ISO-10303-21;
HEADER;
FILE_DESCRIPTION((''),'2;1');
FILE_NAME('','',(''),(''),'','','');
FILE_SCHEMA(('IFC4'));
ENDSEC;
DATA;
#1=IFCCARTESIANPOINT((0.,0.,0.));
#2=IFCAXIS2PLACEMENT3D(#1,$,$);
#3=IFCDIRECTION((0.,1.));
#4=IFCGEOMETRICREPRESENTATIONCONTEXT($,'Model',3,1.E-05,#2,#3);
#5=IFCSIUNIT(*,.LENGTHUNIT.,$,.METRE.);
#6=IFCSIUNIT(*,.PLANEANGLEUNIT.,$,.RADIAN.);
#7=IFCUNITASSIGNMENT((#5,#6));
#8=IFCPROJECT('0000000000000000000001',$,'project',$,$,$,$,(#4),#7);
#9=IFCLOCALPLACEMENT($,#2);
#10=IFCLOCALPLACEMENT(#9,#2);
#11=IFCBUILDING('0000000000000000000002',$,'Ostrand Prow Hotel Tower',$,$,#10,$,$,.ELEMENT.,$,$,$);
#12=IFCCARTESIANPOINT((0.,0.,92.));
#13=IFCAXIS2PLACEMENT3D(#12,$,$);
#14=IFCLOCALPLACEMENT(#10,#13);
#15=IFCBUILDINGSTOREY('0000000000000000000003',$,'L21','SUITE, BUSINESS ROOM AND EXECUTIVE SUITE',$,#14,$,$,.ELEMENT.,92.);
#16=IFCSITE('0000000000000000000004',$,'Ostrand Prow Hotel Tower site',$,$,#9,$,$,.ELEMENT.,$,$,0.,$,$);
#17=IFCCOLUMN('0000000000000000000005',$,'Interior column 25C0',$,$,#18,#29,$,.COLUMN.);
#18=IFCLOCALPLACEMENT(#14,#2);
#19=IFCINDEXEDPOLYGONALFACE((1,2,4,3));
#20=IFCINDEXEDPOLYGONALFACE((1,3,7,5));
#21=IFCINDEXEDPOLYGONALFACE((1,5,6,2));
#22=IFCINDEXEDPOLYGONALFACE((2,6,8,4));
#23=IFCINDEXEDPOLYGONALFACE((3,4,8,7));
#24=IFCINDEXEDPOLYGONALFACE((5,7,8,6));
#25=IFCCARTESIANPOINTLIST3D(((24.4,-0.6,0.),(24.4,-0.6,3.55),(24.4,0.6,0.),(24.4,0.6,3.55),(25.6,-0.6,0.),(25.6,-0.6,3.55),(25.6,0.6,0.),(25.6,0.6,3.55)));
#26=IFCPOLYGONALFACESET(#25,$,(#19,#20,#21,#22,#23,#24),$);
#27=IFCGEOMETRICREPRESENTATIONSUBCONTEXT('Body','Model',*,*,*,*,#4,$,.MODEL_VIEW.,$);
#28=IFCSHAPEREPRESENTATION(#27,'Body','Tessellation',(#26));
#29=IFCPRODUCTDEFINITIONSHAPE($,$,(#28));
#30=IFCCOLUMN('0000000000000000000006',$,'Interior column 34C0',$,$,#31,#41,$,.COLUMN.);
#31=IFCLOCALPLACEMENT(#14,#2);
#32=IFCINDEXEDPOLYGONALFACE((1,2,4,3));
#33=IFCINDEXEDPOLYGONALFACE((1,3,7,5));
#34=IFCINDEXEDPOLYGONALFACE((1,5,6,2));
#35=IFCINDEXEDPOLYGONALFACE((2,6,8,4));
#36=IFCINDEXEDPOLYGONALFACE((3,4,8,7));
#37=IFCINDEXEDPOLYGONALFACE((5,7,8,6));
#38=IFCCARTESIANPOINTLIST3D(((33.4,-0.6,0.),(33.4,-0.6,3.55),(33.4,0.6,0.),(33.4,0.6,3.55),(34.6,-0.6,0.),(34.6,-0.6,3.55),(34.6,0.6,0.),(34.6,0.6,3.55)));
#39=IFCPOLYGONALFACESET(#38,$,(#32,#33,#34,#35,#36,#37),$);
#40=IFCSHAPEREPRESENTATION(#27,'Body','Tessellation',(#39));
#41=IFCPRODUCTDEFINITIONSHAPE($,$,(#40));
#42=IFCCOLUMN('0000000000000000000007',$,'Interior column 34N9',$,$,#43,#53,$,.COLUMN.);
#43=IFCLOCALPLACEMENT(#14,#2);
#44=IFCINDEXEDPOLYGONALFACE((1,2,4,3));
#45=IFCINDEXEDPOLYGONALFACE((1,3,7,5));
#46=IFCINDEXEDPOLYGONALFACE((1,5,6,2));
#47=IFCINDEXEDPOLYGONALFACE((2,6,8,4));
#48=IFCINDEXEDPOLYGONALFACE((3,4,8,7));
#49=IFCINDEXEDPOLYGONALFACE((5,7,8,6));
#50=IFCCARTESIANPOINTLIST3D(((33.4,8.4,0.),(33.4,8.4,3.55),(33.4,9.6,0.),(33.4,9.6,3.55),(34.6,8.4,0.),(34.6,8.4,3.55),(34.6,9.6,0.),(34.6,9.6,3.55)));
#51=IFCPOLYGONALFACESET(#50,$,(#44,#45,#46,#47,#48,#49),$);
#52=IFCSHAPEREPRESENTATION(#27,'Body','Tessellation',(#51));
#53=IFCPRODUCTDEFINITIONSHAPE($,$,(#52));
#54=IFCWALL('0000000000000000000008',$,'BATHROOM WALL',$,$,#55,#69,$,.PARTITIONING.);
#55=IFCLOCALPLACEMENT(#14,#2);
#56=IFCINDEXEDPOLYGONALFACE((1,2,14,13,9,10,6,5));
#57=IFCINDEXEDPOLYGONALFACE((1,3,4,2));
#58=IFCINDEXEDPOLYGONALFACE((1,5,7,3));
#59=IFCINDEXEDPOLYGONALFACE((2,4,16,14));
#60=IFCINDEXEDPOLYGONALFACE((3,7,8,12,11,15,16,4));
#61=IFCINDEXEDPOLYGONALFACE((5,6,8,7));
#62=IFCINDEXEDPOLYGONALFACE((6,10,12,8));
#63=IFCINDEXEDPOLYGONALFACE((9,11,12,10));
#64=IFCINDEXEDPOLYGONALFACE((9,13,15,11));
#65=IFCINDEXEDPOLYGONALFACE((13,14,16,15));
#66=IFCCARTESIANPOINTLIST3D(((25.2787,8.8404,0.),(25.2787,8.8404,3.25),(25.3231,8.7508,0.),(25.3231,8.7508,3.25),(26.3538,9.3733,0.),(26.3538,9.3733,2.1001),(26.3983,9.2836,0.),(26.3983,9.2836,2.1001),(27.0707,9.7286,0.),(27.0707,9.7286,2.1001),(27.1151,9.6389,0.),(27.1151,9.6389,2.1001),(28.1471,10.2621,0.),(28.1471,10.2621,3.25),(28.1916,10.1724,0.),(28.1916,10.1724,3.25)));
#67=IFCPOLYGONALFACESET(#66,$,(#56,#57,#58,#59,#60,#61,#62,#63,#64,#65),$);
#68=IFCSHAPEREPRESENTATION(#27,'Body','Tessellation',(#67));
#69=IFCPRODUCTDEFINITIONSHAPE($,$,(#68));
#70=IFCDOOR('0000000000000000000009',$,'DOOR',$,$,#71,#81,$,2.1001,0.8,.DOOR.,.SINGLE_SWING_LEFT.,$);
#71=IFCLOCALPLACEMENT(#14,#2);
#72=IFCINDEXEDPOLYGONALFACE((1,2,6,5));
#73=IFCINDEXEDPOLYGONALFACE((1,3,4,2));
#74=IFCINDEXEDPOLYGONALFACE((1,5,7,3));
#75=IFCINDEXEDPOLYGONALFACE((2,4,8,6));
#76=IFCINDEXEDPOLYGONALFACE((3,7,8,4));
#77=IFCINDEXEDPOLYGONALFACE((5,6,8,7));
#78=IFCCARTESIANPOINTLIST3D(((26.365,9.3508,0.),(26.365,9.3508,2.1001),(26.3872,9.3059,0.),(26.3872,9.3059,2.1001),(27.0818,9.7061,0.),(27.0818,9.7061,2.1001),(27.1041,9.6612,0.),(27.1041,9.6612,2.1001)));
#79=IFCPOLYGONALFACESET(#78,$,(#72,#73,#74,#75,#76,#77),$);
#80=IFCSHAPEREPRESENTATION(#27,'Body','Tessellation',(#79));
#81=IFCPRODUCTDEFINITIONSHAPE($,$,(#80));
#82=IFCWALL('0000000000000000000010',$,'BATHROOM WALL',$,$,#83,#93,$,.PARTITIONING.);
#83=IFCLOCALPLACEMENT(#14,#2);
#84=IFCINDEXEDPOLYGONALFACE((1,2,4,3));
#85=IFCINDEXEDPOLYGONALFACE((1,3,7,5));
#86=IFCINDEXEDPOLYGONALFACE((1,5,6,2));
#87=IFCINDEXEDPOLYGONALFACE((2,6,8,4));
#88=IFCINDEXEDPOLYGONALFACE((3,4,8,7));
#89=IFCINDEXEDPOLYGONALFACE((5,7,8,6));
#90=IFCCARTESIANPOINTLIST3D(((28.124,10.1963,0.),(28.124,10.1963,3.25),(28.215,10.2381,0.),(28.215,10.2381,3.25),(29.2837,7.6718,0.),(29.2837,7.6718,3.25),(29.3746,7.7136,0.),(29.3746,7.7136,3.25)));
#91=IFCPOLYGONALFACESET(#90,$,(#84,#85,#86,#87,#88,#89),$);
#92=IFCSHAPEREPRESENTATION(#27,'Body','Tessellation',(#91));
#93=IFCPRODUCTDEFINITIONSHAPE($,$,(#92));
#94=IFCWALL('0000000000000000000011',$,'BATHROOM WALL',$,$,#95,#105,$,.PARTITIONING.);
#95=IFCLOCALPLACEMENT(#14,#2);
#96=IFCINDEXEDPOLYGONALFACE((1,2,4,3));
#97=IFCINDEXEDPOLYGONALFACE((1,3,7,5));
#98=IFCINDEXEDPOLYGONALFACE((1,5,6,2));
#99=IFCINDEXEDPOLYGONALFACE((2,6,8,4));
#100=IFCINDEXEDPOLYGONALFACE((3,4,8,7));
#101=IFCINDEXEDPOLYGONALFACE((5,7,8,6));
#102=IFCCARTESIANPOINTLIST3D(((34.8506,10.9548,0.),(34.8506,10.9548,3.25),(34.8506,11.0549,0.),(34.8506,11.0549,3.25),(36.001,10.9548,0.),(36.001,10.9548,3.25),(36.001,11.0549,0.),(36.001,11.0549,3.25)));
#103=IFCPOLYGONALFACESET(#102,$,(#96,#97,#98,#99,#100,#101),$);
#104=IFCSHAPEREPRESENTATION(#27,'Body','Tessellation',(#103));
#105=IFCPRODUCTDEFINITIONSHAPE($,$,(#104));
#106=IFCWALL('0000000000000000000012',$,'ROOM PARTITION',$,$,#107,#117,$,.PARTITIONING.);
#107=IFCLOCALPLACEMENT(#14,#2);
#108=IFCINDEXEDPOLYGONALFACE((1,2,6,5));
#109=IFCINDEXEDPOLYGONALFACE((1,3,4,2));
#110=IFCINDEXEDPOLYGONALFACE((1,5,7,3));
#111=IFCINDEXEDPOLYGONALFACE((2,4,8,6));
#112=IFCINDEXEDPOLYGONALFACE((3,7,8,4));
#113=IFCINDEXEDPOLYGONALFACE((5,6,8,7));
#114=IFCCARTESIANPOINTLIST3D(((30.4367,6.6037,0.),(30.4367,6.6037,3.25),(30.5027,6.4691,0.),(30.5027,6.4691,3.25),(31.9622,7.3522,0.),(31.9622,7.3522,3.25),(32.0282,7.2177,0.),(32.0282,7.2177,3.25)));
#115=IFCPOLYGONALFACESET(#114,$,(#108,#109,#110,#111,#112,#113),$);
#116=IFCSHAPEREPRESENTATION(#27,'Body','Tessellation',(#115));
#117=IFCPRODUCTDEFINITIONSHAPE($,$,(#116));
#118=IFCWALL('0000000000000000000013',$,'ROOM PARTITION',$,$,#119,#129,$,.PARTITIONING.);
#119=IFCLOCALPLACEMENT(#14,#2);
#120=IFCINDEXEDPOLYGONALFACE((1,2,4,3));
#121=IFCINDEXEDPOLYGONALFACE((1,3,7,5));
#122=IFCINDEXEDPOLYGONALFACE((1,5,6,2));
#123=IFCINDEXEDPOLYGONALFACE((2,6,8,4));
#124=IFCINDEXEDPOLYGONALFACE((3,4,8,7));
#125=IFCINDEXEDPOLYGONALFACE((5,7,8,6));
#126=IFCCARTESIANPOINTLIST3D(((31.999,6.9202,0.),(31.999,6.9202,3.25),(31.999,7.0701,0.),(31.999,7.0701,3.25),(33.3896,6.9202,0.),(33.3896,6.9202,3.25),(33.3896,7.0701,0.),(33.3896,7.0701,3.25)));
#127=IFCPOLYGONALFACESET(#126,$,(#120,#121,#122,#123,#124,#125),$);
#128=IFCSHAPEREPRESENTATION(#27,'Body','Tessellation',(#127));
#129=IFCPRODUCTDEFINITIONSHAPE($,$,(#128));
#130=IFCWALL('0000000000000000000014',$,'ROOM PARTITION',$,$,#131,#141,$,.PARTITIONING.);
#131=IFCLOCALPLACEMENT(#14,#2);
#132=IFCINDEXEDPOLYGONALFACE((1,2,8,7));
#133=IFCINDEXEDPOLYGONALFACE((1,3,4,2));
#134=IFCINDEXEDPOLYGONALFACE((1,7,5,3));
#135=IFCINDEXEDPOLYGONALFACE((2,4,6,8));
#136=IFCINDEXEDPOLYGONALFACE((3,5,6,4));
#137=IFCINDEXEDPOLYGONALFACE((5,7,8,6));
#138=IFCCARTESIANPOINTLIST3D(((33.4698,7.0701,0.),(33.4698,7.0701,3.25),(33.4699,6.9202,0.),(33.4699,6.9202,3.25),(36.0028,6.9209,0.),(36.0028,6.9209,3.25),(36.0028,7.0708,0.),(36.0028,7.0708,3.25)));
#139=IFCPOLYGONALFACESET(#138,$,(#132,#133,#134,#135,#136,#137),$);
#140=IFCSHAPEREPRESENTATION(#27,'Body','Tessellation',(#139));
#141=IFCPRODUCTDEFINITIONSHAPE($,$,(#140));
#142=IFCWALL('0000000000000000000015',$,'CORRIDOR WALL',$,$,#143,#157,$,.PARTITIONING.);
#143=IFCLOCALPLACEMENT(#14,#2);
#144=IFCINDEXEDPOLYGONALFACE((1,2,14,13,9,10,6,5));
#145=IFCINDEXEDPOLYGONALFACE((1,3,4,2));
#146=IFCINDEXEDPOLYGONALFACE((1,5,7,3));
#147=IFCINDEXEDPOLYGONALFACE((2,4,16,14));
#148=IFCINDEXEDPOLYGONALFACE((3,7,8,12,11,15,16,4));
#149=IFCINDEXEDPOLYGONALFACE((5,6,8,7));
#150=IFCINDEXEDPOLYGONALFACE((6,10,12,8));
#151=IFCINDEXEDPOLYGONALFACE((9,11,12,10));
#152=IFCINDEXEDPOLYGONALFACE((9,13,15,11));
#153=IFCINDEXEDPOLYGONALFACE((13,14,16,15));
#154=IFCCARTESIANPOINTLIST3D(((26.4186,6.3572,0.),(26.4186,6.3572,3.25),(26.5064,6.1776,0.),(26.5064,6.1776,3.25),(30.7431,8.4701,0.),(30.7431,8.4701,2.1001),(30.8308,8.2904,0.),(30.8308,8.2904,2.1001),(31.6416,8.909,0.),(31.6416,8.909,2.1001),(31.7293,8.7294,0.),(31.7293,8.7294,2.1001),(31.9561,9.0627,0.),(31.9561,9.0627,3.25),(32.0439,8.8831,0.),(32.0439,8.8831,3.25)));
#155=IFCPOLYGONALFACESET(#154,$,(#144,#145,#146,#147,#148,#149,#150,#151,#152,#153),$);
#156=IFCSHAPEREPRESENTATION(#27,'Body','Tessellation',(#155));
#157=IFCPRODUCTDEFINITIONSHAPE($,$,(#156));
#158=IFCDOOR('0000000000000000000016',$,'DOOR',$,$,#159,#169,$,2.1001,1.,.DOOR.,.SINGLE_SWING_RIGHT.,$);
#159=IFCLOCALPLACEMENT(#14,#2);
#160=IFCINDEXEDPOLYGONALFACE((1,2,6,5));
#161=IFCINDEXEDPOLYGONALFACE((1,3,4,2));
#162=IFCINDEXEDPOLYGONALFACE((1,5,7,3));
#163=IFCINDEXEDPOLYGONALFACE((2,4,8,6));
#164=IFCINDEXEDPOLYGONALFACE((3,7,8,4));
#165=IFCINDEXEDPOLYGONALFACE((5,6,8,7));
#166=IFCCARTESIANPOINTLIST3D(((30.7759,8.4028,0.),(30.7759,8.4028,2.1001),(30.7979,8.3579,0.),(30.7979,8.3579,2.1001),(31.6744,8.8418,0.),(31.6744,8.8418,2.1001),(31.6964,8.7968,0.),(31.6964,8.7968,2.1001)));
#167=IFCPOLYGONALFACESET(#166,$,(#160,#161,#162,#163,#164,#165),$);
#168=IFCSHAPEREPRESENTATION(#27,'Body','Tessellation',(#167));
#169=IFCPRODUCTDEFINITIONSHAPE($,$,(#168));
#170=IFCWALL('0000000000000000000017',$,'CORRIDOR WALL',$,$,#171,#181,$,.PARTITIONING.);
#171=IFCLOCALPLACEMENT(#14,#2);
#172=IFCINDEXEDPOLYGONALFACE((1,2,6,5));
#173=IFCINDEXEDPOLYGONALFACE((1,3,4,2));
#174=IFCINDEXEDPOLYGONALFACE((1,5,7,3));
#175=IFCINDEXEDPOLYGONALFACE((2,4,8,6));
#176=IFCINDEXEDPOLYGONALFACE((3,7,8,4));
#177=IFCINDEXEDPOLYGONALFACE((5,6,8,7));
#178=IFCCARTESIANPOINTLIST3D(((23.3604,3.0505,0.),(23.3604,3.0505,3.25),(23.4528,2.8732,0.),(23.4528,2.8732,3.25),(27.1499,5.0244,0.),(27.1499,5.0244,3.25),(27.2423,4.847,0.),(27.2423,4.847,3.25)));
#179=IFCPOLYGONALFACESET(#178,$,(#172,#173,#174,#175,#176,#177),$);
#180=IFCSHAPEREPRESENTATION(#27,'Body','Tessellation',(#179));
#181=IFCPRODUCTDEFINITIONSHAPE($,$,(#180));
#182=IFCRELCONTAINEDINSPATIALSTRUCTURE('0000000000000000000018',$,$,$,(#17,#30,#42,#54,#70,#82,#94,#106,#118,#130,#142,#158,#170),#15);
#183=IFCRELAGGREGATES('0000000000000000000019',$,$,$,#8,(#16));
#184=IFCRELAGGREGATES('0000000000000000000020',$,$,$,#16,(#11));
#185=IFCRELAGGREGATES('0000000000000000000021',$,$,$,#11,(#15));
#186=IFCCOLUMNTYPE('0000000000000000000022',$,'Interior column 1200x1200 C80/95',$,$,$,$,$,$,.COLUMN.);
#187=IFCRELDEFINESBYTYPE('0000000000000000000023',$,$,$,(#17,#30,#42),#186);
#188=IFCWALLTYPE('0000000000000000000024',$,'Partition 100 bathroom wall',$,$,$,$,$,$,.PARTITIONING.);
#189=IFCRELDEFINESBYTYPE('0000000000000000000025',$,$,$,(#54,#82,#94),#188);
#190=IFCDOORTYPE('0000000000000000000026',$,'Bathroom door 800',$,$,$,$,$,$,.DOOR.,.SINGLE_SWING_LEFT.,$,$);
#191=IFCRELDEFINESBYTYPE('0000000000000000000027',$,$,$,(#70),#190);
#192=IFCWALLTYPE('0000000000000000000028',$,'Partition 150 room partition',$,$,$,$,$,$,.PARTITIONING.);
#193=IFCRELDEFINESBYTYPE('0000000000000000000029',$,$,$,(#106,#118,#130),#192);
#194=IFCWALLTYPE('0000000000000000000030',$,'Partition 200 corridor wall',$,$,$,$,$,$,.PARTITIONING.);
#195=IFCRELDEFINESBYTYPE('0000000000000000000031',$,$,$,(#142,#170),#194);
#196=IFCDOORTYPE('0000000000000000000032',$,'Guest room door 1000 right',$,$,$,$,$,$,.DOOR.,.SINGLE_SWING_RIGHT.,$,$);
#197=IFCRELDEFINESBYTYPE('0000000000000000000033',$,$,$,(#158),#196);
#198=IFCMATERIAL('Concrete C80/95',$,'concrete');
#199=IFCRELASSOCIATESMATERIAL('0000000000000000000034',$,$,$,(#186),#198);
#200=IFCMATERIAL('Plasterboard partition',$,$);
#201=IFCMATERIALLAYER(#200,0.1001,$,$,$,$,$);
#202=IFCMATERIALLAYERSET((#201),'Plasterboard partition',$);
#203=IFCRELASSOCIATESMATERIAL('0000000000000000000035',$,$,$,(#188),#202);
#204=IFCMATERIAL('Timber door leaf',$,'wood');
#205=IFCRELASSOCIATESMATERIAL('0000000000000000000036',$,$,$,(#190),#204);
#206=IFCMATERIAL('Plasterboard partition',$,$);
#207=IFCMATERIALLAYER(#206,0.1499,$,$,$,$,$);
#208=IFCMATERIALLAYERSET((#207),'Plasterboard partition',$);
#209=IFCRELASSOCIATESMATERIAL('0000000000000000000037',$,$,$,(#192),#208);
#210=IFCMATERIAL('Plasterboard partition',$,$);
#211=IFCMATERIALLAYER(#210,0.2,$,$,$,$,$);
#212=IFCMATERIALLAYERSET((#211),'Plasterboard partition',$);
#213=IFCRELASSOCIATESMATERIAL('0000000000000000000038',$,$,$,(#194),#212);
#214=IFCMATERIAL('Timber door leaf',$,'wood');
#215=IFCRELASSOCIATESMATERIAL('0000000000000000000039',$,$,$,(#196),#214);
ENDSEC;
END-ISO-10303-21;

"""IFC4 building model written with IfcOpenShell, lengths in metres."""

from ifc_helpers import new_model, si_unit, direction, frame, frame_2d, origin, origin_2d, place, context, subcontext, project, spatial, rectangle, extrude, material, layer, layer_set, material_profile, profile_set, type_object, element, fill, save


model = new_model("IFC4")

# Units and contexts
model_context = context("Model", 3, precision=1e-05, world=origin(), true_north=direction((0.0, 1.0)))
body_context = subcontext(model_context, "Body", "Model", "MODEL_VIEW")
ifc_project = project(units=[si_unit("LENGTHUNIT", "METRE"), si_unit("PLANEANGLEUNIT", "RADIAN")], contexts=[model_context])

# Site, building, storey
site_placement = place(None, origin())
site = spatial("IfcSite", under=ifc_project, at=site_placement, Name="Ostrand Prow Hotel Tower site", CompositionType="ELEMENT", RefElevation=0.0)
building_placement = place(site_placement, origin())
building = spatial("IfcBuilding", under=site, at=building_placement, Name="Ostrand Prow Hotel Tower", CompositionType="ELEMENT")
storey_placement = place(building_placement, frame((0.0, 0.0, 92.0)))
storey = spatial("IfcBuildingStorey", under=building, at=storey_placement, Name="L21", Description="SUITE, BUSINESS ROOM AND EXECUTIVE SUITE", CompositionType="ELEMENT", Elevation=92.0)

# Columns
ifc_material_1 = material(Name="Concrete C80/95", Category="concrete")
ifc_material_profile = material_profile(ifc_material_1, rectangle(XDim=1.2, YDim=1.2, at=origin_2d()), Name="RC 1200x1200")
ifc_profile_set = profile_set([ifc_material_profile], Name="Concrete C80/95")
column_type = type_object("IfcColumnType", Name="Interior column 1200x1200 C80/95", PredefinedType="COLUMN", material=ifc_profile_set)
for number, where, z_axis, x_axis, name in (
    (1, (25.0, 0.0, 0.0), (0.0, 0.0, 1.0), (1.0, 0.0, 0.0), "Interior column 25C0"),
    (2, (34.0, 0.0, 0.0), (0.0, 0.0, 1.0), (1.0, 0.0, 0.0), "Interior column 34C0"),
    (3, (34.0, 9.0, 0.0), (0.0, 0.0, 1.0), (1.0, 0.0, 0.0), "Interior column 34N9"),
):
    element("IfcColumn", number, at=place(storey_placement, frame(where, z_axis=z_axis, x_axis=x_axis)), inside=storey, type_object=column_type, Name=name, PredefinedType="COLUMN", context=body_context, shape_type="SweptSolid", body=[
        extrude(rectangle(XDim=1.2, YDim=1.2, at=origin_2d()), origin(), (0.0, 0.0, 1.0), 3.55),
    ])

# Wall, opening, door
ifc_material_2 = material(Name="Plasterboard partition")
ifc_layer_1 = layer(ifc_material_2, 0.1001)
ifc_layer_set_1 = layer_set([ifc_layer_1], Name="Plasterboard partition")
wall_type_1 = type_object("IfcWallType", Name="Partition 100 bathroom wall", PredefinedType="PARTITIONING", material=ifc_layer_set_1)
wall_1_placement = place(storey_placement, frame((25.301, 8.7957, 0.0), z_axis=(0.0, 0.0, 1.0), x_axis=(0.895993, 0.444069, 0.0)))
wall_1 = element("IfcWall", 4, at=wall_1_placement, inside=storey, type_object=wall_type_1, Name="BATHROOM WALL", PredefinedType="PARTITIONING", context=body_context, shape_type="SweptSolid", body=[
    extrude(rectangle(XDim=3.2014, YDim=0.1001, at=frame_2d((1.6006, 0.0))), origin(), (0.0, 0.0, 1.0), 3.25),
])
opening_1_placement = place(wall_1_placement, frame((1.2, 0.0, 0.0)))
opening_1 = element("IfcOpeningElement", 5, at=opening_1_placement, cuts=wall_1, PredefinedType="OPENING", context=body_context, shape_type="SweptSolid", body=[
    extrude(rectangle(XDim=0.8, YDim=2.1001, at=frame_2d((0.3999, 1.05))), frame((0.0, 0.0601, 0.0), z_axis=(0.0, -1.0, 0.0), x_axis=(1.0, 0.0, 0.0)), (0.0, 0.0, 1.0), 0.1201),
])
ifc_material_3 = material(Name="Timber door leaf", Category="wood")
door_type_1 = type_object("IfcDoorType", Name="Bathroom door 800", OperationType="SINGLE_SWING_LEFT", PredefinedType="DOOR", material=ifc_material_3)
door_1_placement = place(opening_1_placement, origin())
door_1 = element("IfcDoor", 6, at=door_1_placement, inside=storey, type_object=door_type_1, Name="DOOR", OperationType="SINGLE_SWING_LEFT", OverallHeight=2.1001, OverallWidth=0.8, PredefinedType="DOOR", context=body_context, shape_type="SweptSolid", body=[
    extrude(rectangle(XDim=0.8, YDim=2.1001, at=frame_2d((0.3999, 1.05))), frame((0.0, 0.0249, 0.0), z_axis=(0.0, -1.0, 0.0), x_axis=(1.0, 0.0, 0.0)), (0.0, 0.0, 1.0), 0.05),
])
fill(opening_1, door_1)

# Walls
wall_2_placement = place(storey_placement, frame((28.1694, 10.2173, 0.0), z_axis=(0.0, 0.0, 1.0), x_axis=(0.417441, -0.908704, 0.0)))
element("IfcWall", 7, at=wall_2_placement, inside=storey, type_object=wall_type_1, Name="BATHROOM WALL", PredefinedType="PARTITIONING", context=body_context, shape_type="SweptSolid", body=[
    extrude(rectangle(XDim=2.7781, YDim=0.1001, at=frame_2d((1.3892, 0.0))), origin(), (0.0, 0.0, 1.0), 3.25),
])
wall_3_placement = place(storey_placement, frame((36.001, 11.0049, 0.0), z_axis=(0.0, 0.0, 1.0), x_axis=(-1.0, 0.0, 0.0)))
element("IfcWall", 8, at=wall_3_placement, inside=storey, type_object=wall_type_1, Name="BATHROOM WALL", PredefinedType="PARTITIONING", context=body_context, shape_type="SweptSolid", body=[
    extrude(rectangle(XDim=1.1504, YDim=0.1001, at=frame_2d((0.5752, 0.0))), origin(), (0.0, 0.0, 1.0), 3.25),
])
ifc_material_4 = material(Name="Plasterboard partition")
ifc_layer_2 = layer(ifc_material_4, 0.1499)
ifc_layer_set_2 = layer_set([ifc_layer_2], Name="Plasterboard partition")
wall_type_2 = type_object("IfcWallType", Name="Partition 150 room partition", PredefinedType="PARTITIONING", material=ifc_layer_set_2)
wall_4_placement = place(storey_placement, frame((30.4697, 6.5364, 0.0), z_axis=(0.0, 0.0, 1.0), x_axis=(0.897736, 0.440534, 0.0)))
element("IfcWall", 9, at=wall_4_placement, inside=storey, type_object=wall_type_2, Name="ROOM PARTITION", PredefinedType="PARTITIONING", context=body_context, shape_type="SweptSolid", body=[
    extrude(rectangle(XDim=1.6992, YDim=0.1499, at=frame_2d((0.8496, 0.0))), origin(), (0.0, 0.0, 1.0), 3.25),
])
wall_5_placement = place(storey_placement, frame((31.999, 6.9951, 0.0), z_axis=(0.0, 0.0, 1.0), x_axis=(1.0, 0.0, 0.0)))
element("IfcWall", 10, at=wall_5_placement, inside=storey, type_object=wall_type_2, Name="ROOM PARTITION", PredefinedType="PARTITIONING", context=body_context, shape_type="SweptSolid", body=[
    extrude(rectangle(XDim=1.3906, YDim=0.1499, at=frame_2d((0.6953, 0.0))), origin(), (0.0, 0.0, 1.0), 3.25),
])
wall_6_placement = place(storey_placement, frame((33.4697, 6.9951, 0.0), z_axis=(0.0, 0.0, 1.0), x_axis=(1.0, 0.000289, 0.0)))
element("IfcWall", 11, at=wall_6_placement, inside=storey, type_object=wall_type_2, Name="ROOM PARTITION", PredefinedType="PARTITIONING", context=body_context, shape_type="SweptSolid", body=[
    extrude(rectangle(XDim=2.533, YDim=0.1499, at=frame_2d((1.2666, 0.0))), origin(), (0.0, 0.0, 1.0), 3.25),
])

# Wall, opening, door
ifc_material_5 = material(Name="Plasterboard partition")
ifc_layer_3 = layer(ifc_material_5, 0.2)
ifc_layer_set_3 = layer_set([ifc_layer_3], Name="Plasterboard partition")
wall_type_3 = type_object("IfcWallType", Name="Partition 200 corridor wall", PredefinedType="PARTITIONING", material=ifc_layer_set_3)
wall_7_placement = place(storey_placement, frame((32.0, 8.9729, 0.0), z_axis=(0.0, 0.0, 1.0), x_axis=(-0.898493, -0.438987, 0.0)))
wall_7 = element("IfcWall", 12, at=wall_7_placement, inside=storey, type_object=wall_type_3, Name="CORRIDOR WALL", PredefinedType="PARTITIONING", context=body_context, shape_type="SweptSolid", body=[
    extrude(rectangle(XDim=6.1631, YDim=0.2, at=frame_2d((3.0815, 0.0))), origin(), (0.0, 0.0, 1.0), 3.25),
])
opening_2_placement = place(wall_7_placement, frame((0.3501, 0.0, 0.0)))
opening_2 = element("IfcOpeningElement", 13, at=opening_2_placement, cuts=wall_7, PredefinedType="OPENING", context=body_context, shape_type="SweptSolid", body=[
    extrude(rectangle(XDim=1.0, YDim=2.1001, at=frame_2d((0.5, 1.05))), frame((0.0, 0.1099, 0.0), z_axis=(0.0, -1.0, 0.0), x_axis=(1.0, 0.0, 0.0)), (0.0, 0.0, 1.0), 0.22),
])
ifc_material_6 = material(Name="Timber door leaf", Category="wood")
door_type_2 = type_object("IfcDoorType", Name="Guest room door 1000 right", OperationType="SINGLE_SWING_RIGHT", PredefinedType="DOOR", material=ifc_material_6)
door_2_placement = place(opening_2_placement, origin())
door_2 = element("IfcDoor", 14, at=door_2_placement, inside=storey, type_object=door_type_2, Name="DOOR", OperationType="SINGLE_SWING_RIGHT", OverallHeight=2.1001, OverallWidth=1.0, PredefinedType="DOOR", context=body_context, shape_type="SweptSolid", body=[
    extrude(rectangle(XDim=1.0, YDim=2.1001, at=frame_2d((0.5, 1.05))), frame((0.0, 0.0249, 0.0), z_axis=(0.0, -1.0, 0.0), x_axis=(1.0, 0.0, 0.0)), (0.0, 0.0, 1.0), 0.05),
])
fill(opening_2, door_2)

# Wall
wall_8_placement = place(storey_placement, frame((23.4067, 2.9619, 0.0), z_axis=(0.0, 0.0, 1.0), x_axis=(0.886899, 0.461963, 0.0)))
element("IfcWall", 15, at=wall_8_placement, inside=storey, type_object=wall_type_3, Name="CORRIDOR WALL", PredefinedType="PARTITIONING", context=body_context, shape_type="SweptSolid", body=[
    extrude(rectangle(XDim=4.2727, YDim=0.2, at=frame_2d((2.1362, 0.0))), origin(), (0.0, 0.0, 1.0), 3.25),
])

save(model, "model.ifc")
